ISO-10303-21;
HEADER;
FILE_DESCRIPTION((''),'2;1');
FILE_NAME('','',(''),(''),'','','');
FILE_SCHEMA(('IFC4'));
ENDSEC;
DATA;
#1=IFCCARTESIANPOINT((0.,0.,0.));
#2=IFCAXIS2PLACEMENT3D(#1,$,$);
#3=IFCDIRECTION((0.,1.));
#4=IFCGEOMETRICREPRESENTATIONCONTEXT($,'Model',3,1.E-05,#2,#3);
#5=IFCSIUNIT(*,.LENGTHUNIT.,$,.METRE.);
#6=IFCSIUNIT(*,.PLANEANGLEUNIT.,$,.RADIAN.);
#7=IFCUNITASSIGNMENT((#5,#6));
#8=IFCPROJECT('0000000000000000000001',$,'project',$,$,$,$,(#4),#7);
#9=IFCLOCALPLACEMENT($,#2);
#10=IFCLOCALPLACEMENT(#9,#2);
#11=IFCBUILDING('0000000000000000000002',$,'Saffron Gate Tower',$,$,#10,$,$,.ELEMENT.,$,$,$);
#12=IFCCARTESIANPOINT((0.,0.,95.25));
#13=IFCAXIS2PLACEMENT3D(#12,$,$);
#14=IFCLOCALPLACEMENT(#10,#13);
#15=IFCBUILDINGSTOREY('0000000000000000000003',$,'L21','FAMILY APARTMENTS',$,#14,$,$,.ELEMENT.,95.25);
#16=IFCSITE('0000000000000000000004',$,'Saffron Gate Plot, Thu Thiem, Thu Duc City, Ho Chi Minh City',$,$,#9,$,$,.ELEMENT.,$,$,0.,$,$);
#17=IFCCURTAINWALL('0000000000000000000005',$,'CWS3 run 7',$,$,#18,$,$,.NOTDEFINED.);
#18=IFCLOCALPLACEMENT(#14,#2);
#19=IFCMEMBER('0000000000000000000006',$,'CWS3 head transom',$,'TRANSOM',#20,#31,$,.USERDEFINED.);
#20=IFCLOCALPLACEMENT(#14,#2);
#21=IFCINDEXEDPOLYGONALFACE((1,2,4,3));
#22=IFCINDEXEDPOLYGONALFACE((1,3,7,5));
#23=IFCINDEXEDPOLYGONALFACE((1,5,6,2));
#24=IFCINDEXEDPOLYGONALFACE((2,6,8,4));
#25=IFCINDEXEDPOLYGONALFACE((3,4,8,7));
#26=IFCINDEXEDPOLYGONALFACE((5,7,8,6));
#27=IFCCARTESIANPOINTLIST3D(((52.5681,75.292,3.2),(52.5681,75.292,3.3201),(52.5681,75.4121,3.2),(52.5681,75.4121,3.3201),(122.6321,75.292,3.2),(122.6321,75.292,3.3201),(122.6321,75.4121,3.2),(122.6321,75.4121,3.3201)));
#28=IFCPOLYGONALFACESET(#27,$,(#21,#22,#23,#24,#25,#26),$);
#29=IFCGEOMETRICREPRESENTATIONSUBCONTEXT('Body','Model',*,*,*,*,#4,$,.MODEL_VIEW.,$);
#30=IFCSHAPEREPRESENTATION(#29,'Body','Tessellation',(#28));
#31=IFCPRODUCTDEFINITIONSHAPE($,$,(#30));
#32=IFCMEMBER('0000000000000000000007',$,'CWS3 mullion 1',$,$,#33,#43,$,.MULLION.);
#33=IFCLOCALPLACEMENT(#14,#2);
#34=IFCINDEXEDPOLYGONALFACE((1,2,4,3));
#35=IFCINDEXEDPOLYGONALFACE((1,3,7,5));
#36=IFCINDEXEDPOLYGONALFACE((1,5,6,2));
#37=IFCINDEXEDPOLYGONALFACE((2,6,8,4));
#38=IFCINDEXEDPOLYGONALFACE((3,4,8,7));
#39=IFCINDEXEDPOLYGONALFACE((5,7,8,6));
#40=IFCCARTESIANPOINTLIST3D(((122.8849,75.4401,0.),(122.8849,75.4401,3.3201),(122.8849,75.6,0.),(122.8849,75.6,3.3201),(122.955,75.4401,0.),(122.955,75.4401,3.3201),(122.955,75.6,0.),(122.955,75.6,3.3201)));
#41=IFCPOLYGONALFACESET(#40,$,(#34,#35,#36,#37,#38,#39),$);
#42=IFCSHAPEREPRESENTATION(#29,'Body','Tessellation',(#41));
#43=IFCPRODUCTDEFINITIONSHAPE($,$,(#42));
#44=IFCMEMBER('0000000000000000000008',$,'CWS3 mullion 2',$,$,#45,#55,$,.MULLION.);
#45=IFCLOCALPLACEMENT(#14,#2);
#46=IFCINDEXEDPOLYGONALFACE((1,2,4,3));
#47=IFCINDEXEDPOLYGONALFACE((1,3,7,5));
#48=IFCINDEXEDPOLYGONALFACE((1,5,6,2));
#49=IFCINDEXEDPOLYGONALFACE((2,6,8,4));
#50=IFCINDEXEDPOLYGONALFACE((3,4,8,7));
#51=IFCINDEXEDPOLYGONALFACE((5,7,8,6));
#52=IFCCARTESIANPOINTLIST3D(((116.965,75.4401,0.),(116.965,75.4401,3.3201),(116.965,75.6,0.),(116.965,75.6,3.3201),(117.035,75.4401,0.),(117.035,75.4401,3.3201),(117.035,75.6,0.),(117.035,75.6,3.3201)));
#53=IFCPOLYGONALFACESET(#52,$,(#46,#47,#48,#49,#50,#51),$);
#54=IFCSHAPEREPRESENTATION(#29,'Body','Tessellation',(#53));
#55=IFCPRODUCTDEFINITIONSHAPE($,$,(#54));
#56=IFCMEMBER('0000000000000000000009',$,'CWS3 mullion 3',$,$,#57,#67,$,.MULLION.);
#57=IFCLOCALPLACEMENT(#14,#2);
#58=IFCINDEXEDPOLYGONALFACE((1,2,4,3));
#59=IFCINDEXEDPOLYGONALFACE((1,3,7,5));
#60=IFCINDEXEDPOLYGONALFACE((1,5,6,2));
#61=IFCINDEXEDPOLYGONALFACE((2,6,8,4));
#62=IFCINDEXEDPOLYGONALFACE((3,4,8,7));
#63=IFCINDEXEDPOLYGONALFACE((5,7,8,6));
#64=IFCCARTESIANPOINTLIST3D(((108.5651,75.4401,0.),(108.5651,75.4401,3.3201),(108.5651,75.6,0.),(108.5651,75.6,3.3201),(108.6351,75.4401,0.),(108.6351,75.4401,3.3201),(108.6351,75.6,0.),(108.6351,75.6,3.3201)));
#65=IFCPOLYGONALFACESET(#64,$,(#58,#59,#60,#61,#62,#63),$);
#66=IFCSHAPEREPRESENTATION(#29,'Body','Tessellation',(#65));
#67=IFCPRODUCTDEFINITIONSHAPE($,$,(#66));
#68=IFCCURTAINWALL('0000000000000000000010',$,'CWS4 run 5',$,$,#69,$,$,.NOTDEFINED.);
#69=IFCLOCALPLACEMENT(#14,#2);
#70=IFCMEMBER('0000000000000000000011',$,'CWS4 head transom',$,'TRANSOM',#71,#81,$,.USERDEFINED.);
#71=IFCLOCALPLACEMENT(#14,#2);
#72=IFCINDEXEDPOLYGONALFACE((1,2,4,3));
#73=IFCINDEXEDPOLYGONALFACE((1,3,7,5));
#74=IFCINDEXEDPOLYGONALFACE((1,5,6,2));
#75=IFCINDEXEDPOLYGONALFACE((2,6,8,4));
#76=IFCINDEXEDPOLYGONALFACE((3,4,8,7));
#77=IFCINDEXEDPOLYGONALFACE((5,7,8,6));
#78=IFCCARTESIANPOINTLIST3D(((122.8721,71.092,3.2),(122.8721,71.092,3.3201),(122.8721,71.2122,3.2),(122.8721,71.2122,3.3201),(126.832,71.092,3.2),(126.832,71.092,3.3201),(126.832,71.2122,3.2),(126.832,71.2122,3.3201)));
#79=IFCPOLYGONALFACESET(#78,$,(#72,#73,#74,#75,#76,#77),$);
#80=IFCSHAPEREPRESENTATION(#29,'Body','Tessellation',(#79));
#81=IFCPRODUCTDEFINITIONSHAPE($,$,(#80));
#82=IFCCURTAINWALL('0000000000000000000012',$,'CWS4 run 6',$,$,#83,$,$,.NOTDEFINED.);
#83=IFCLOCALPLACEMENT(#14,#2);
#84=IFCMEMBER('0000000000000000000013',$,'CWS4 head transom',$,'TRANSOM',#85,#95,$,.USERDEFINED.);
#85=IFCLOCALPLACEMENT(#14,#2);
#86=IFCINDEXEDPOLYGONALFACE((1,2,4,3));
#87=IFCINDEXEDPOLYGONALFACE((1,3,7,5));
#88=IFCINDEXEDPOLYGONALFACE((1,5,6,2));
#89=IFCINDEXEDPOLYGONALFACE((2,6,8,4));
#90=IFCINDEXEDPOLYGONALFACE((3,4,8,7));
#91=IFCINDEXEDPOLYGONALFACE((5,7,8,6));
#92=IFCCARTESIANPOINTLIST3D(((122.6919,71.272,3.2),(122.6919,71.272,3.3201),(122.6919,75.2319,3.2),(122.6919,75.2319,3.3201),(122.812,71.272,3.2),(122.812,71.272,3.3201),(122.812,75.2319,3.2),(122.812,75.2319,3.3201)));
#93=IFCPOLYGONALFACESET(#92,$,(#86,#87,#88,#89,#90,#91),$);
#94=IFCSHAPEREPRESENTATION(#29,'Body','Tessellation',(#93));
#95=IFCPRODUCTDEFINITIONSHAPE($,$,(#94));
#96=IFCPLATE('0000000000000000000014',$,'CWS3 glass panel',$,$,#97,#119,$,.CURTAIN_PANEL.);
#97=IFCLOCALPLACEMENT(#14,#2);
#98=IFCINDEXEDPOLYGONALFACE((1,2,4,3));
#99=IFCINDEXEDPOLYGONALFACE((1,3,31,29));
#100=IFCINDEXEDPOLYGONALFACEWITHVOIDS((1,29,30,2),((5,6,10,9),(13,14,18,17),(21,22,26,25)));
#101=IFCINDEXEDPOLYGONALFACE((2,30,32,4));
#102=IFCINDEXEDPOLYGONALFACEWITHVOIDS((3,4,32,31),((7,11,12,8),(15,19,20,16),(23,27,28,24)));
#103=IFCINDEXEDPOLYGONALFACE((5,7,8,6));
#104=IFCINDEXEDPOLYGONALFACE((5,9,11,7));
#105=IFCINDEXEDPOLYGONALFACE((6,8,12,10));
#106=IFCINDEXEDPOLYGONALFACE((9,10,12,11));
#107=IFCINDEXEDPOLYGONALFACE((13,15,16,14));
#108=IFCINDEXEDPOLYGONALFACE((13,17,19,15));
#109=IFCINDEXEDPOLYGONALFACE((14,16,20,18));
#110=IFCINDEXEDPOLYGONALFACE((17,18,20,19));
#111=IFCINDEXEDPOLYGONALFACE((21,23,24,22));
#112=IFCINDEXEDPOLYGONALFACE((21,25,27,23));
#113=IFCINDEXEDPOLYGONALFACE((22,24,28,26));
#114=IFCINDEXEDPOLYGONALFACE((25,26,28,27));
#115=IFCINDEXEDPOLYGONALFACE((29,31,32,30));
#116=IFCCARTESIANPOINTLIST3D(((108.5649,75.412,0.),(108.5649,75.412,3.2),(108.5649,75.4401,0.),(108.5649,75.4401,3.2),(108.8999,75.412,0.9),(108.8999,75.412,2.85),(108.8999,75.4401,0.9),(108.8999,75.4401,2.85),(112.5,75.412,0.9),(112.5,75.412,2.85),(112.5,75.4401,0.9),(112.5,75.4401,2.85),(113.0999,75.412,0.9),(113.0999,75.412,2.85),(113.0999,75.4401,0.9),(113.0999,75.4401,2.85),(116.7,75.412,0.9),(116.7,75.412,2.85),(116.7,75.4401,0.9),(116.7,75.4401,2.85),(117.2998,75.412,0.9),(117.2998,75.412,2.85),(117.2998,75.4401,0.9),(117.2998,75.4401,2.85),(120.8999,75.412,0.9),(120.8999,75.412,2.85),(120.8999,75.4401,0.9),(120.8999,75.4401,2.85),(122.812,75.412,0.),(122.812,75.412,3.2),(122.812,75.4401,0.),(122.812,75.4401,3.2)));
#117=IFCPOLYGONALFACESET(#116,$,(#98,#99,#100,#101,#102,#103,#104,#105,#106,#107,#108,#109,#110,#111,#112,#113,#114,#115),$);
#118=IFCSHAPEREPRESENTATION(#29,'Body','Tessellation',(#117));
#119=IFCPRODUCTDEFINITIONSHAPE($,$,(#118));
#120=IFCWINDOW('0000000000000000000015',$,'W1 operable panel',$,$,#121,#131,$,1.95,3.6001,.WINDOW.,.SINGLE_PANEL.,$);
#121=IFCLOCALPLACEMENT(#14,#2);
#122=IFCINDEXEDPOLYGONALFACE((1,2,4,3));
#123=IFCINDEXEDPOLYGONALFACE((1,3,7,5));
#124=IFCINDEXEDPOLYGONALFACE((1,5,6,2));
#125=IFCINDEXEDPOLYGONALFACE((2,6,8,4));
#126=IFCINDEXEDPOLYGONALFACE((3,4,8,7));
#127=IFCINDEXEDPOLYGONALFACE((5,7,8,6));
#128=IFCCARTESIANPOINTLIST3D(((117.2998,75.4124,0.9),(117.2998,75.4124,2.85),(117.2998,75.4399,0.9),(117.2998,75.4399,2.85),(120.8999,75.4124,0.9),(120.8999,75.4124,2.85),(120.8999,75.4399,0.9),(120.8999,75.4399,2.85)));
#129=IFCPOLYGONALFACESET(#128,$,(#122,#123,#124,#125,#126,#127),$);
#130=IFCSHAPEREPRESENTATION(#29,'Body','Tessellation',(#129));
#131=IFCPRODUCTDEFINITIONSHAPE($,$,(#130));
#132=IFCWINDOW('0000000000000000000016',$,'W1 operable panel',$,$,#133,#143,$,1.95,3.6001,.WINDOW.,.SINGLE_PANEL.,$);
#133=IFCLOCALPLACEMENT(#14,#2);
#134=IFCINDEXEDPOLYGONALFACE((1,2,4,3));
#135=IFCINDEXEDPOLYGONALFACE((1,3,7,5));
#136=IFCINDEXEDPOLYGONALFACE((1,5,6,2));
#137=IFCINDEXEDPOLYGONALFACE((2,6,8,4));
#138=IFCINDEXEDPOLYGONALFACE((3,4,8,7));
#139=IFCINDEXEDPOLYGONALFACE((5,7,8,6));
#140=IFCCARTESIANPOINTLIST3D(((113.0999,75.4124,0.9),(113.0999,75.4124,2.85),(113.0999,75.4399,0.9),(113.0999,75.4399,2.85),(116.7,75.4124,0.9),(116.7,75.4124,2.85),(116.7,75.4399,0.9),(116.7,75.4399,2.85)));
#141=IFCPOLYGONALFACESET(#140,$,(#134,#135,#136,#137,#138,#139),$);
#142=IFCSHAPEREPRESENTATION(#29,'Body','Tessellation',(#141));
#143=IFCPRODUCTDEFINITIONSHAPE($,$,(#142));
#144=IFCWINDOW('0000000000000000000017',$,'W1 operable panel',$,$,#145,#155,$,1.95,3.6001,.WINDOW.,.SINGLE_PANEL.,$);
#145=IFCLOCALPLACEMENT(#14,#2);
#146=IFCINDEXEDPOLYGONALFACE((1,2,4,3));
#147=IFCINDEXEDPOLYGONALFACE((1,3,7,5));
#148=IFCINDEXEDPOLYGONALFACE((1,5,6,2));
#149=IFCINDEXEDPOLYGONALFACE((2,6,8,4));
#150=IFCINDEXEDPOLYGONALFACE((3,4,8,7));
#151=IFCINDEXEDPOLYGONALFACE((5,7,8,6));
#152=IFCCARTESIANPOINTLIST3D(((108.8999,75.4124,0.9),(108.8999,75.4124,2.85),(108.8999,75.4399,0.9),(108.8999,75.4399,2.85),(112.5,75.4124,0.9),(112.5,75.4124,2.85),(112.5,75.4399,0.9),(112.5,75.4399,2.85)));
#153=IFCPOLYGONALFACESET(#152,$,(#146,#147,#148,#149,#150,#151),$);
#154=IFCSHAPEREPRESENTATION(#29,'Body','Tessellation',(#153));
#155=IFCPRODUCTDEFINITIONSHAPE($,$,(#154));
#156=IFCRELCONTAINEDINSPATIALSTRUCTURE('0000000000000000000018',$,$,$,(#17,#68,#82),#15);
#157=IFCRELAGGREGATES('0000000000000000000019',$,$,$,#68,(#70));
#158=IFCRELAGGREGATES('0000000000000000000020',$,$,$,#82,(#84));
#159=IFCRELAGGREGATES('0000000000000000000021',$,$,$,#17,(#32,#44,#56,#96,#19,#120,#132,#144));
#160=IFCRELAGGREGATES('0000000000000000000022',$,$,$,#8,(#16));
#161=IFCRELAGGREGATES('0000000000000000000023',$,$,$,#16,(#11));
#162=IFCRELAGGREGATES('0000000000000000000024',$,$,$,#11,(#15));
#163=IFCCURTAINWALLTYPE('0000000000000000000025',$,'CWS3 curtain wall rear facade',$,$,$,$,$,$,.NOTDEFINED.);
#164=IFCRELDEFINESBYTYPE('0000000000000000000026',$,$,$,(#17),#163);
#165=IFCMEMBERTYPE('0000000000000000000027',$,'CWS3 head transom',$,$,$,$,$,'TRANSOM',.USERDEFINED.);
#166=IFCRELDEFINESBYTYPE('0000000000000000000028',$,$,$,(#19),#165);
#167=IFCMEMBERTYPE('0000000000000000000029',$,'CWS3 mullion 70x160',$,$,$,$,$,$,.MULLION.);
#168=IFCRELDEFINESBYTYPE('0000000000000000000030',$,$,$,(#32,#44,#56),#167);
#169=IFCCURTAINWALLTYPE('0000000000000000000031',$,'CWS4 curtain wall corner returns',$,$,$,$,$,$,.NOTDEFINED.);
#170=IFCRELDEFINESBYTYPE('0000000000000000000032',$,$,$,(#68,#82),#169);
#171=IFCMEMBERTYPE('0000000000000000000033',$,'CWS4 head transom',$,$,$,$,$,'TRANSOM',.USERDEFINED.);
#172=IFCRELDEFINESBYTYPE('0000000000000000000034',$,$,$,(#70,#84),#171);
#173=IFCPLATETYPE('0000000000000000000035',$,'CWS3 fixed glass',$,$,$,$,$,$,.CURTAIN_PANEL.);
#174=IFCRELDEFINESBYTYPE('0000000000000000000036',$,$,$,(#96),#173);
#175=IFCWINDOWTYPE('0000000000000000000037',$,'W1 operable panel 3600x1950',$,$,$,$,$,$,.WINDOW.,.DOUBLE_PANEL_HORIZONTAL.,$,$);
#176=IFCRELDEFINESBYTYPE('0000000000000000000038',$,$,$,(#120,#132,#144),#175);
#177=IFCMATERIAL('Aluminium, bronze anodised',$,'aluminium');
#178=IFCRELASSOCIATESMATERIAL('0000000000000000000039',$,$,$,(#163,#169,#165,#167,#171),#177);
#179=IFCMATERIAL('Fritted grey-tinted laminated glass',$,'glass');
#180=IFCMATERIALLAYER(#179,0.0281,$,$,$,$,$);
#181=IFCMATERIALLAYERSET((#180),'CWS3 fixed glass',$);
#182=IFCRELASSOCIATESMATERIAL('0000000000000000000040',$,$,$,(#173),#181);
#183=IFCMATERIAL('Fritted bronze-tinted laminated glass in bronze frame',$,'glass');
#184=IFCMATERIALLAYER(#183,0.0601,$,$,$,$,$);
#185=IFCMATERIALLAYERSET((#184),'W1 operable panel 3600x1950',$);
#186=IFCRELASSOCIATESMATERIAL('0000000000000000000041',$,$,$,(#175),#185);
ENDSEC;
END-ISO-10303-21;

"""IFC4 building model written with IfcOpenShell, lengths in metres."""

from ifc_helpers import new_model, si_unit, direction, frame, frame_2d, origin, origin_2d, place, context, subcontext, project, spatial, rectangle, extrude, material, layer, layer_set, material_profile, profile_set, type_object, element, fill, aggregate, save


model = new_model("IFC4")

# Units and contexts
model_context = context("Model", 3, precision=1e-05, world=origin(), true_north=direction((0.0, 1.0)))
body_context = subcontext(model_context, "Body", "Model", "MODEL_VIEW")
ifc_project = project(units=[si_unit("LENGTHUNIT", "METRE"), si_unit("PLANEANGLEUNIT", "RADIAN")], contexts=[model_context])

# Site, building, storey
site_placement = place(None, origin())
site = spatial("IfcSite", under=ifc_project, at=site_placement, Name="Saffron Gate Plot, Thu Thiem, Thu Duc City, Ho Chi Minh City", CompositionType="ELEMENT", RefElevation=0.0)
building_placement = place(site_placement, origin())
building = spatial("IfcBuilding", under=site, at=building_placement, Name="Saffron Gate Tower", CompositionType="ELEMENT")
storey_placement = place(building_placement, frame((0.0, 0.0, 95.25)))
storey = spatial("IfcBuildingStorey", under=building, at=storey_placement, Name="L21", Description="FAMILY APARTMENTS", CompositionType="ELEMENT", Elevation=95.25)

# Curtain wall, members
ifc_material_1 = material(Name="Aluminium, bronze anodised", Category="aluminium")
curtain_wall_type_1 = type_object("IfcCurtainWallType", Name="CWS3 curtain wall rear facade", PredefinedType="NOTDEFINED", material=ifc_material_1)
curtain_wall_1_placement = place(storey_placement, origin())
curtain_wall_1 = element("IfcCurtainWall", 1, at=curtain_wall_1_placement, inside=storey, type_object=curtain_wall_type_1, Name="CWS3 run 7", PredefinedType="NOTDEFINED")
ifc_material_profile_1 = material_profile(ifc_material_1, rectangle(XDim=0.1201, YDim=0.1201, at=origin_2d()))
ifc_profile_set_1 = profile_set([ifc_material_profile_1], Name="Aluminium, bronze anodised")
member_type_1 = type_object("IfcMemberType", Name="CWS3 head transom", ElementType="TRANSOM", PredefinedType="USERDEFINED", material=ifc_profile_set_1)
member_1_placement = place(storey_placement, frame((122.6321, 75.3521, 3.26), z_axis=(-1.0, 0.0, 0.0), x_axis=(0.0, -1.0, 0.0)))
member_1 = element("IfcMember", 2, at=member_1_placement, type_object=member_type_1, Name="CWS3 head transom", ObjectType="TRANSOM", PredefinedType="USERDEFINED", context=body_context, shape_type="SweptSolid", body=[
    extrude(rectangle(XDim=0.1201, YDim=0.1201, at=origin_2d()), origin(), (0.0, 0.0, 1.0), 70.064),
])
ifc_material_profile_2 = material_profile(ifc_material_1, rectangle(XDim=0.1599, YDim=0.0701, at=origin_2d()))
ifc_profile_set_2 = profile_set([ifc_material_profile_2], Name="Aluminium, bronze anodised")
member_type_2 = type_object("IfcMemberType", Name="CWS3 mullion 70x160", PredefinedType="MULLION", material=ifc_profile_set_2)
member_2_placement = place(storey_placement, frame((122.9199, 75.52, 0.0), z_axis=(0.0, 0.0, 1.0), x_axis=(0.0, -1.0, 0.0)))
member_2 = element("IfcMember", 3, at=member_2_placement, type_object=member_type_2, Name="CWS3 mullion 1", PredefinedType="MULLION", context=body_context, shape_type="SweptSolid", body=[
    extrude(rectangle(XDim=0.1599, YDim=0.0701, at=origin_2d()), origin(), (0.0, 0.0, 1.0), 3.3201),
])
member_3_placement = place(storey_placement, frame((117.0, 75.52, 0.0), z_axis=(0.0, 0.0, 1.0), x_axis=(0.0, -1.0, 0.0)))
member_3 = element("IfcMember", 4, at=member_3_placement, type_object=member_type_2, Name="CWS3 mullion 2", PredefinedType="MULLION", context=body_context, shape_type="SweptSolid", body=[
    extrude(rectangle(XDim=0.1599, YDim=0.0701, at=origin_2d()), origin(), (0.0, 0.0, 1.0), 3.3201),
])
member_4_placement = place(storey_placement, frame((108.6001, 75.52, 0.0), z_axis=(0.0, 0.0, 1.0), x_axis=(0.0, -1.0, 0.0)))
member_4 = element("IfcMember", 5, at=member_4_placement, type_object=member_type_2, Name="CWS3 mullion 3", PredefinedType="MULLION", context=body_context, shape_type="SweptSolid", body=[
    extrude(rectangle(XDim=0.1599, YDim=0.0701, at=origin_2d()), origin(), (0.0, 0.0, 1.0), 3.3201),
])

# Curtain walls, members
curtain_wall_type_2 = type_object("IfcCurtainWallType", Name="CWS4 curtain wall corner returns", PredefinedType="NOTDEFINED", material=ifc_material_1)
curtain_wall_2_placement = place(storey_placement, origin())
curtain_wall_2 = element("IfcCurtainWall", 6, at=curtain_wall_2_placement, inside=storey, type_object=curtain_wall_type_2, Name="CWS4 run 5", PredefinedType="NOTDEFINED")
ifc_material_profile_3 = material_profile(ifc_material_1, rectangle(XDim=0.1201, YDim=0.1201, at=origin_2d()))
ifc_profile_set_3 = profile_set([ifc_material_profile_3], Name="Aluminium, bronze anodised")
member_type_3 = type_object("IfcMemberType", Name="CWS4 head transom", ElementType="TRANSOM", PredefinedType="USERDEFINED", material=ifc_profile_set_3)
member_5_placement = place(storey_placement, frame((126.832, 71.1521, 3.26), z_axis=(-1.0, 0.0, 0.0), x_axis=(0.0, -1.0, 0.0)))
member_5 = element("IfcMember", 7, at=member_5_placement, type_object=member_type_3, Name="CWS4 head transom", ObjectType="TRANSOM", PredefinedType="USERDEFINED", context=body_context, shape_type="SweptSolid", body=[
    extrude(rectangle(XDim=0.1201, YDim=0.1201, at=origin_2d()), origin(), (0.0, 0.0, 1.0), 3.96),
])
aggregate(curtain_wall_2, [member_5])
curtain_wall_3_placement = place(storey_placement, origin())
curtain_wall_3 = element("IfcCurtainWall", 8, at=curtain_wall_3_placement, inside=storey, type_object=curtain_wall_type_2, Name="CWS4 run 6", PredefinedType="NOTDEFINED")
member_6_placement = place(storey_placement, frame((122.752, 71.272, 3.26), z_axis=(0.0, 1.0, 0.0), x_axis=(-1.0, 0.0, 0.0)))
member_6 = element("IfcMember", 9, at=member_6_placement, type_object=member_type_3, Name="CWS4 head transom", ObjectType="TRANSOM", PredefinedType="USERDEFINED", context=body_context, shape_type="SweptSolid", body=[
    extrude(rectangle(XDim=0.1201, YDim=0.1201, at=origin_2d()), origin(), (0.0, 0.0, 1.0), 3.96),
])
aggregate(curtain_wall_3, [member_6])

# Plate, openings, windows
ifc_material_2 = material(Name="Fritted grey-tinted laminated glass", Category="glass")
ifc_layer_1 = layer(ifc_material_2, 0.0281)
ifc_layer_set_1 = layer_set([ifc_layer_1], Name="CWS3 fixed glass")
plate_type = type_object("IfcPlateType", Name="CWS3 fixed glass", PredefinedType="CURTAIN_PANEL", material=ifc_layer_set_1)
plate_placement = place(storey_placement, frame((122.812, 75.426, 0.0), z_axis=(0.0, 0.0, 1.0), x_axis=(-1.0, 0.0, 0.0)))
plate = element("IfcPlate", 10, at=plate_placement, type_object=plate_type, Name="CWS3 glass panel", PredefinedType="CURTAIN_PANEL", context=body_context, shape_type="SweptSolid", body=[
    extrude(rectangle(XDim=14.2471, YDim=0.0281, at=frame_2d((7.1235, 0.0))), origin(), (0.0, 0.0, 1.0), 3.2),
])
opening_1_placement = place(plate_placement, frame((1.9121, 0.0, 0.8999)))
opening_1 = element("IfcOpeningElement", 11, at=opening_1_placement, cuts=plate, PredefinedType="OPENING", context=body_context, shape_type="SweptSolid", body=[
    extrude(rectangle(XDim=3.6001, YDim=1.95, at=frame_2d((1.8, 0.9751))), frame((0.0, 0.0239, 0.0), z_axis=(0.0, -1.0, 0.0), x_axis=(1.0, 0.0, 0.0)), (0.0, 0.0, 1.0), 0.0481),
])
opening_2_placement = place(plate_placement, frame((6.1121, 0.0, 0.8999)))
opening_2 = element("IfcOpeningElement", 12, at=opening_2_placement, cuts=plate, PredefinedType="OPENING", context=body_context, shape_type="SweptSolid", body=[
    extrude(rectangle(XDim=3.6001, YDim=1.95, at=frame_2d((1.8, 0.9751))), frame((0.0, 0.0239, 0.0), z_axis=(0.0, -1.0, 0.0), x_axis=(1.0, 0.0, 0.0)), (0.0, 0.0, 1.0), 0.0481),
])
opening_3_placement = place(plate_placement, frame((10.312, 0.0, 0.8999)))
opening_3 = element("IfcOpeningElement", 13, at=opening_3_placement, cuts=plate, PredefinedType="OPENING", context=body_context, shape_type="SweptSolid", body=[
    extrude(rectangle(XDim=3.6001, YDim=1.95, at=frame_2d((1.8, 0.9751))), frame((0.0, 0.0239, 0.0), z_axis=(0.0, -1.0, 0.0), x_axis=(1.0, 0.0, 0.0)), (0.0, 0.0, 1.0), 0.0481),
])
ifc_material_3 = material(Name="Fritted bronze-tinted laminated glass in bronze frame", Category="glass")
ifc_layer_2 = layer(ifc_material_3, 0.0601)
ifc_layer_set_2 = layer_set([ifc_layer_2], Name="W1 operable panel 3600x1950")
window_type = type_object("IfcWindowType", Name="W1 operable panel 3600x1950", PartitioningType="DOUBLE_PANEL_HORIZONTAL", PredefinedType="WINDOW", material=ifc_layer_set_2)
window_1_placement = place(opening_1_placement, origin())
window_1 = element("IfcWindow", 14, at=window_1_placement, type_object=window_type, Name="W1 operable panel", OverallHeight=1.95, OverallWidth=3.6001, PartitioningType="SINGLE_PANEL", PredefinedType="WINDOW", context=body_context, shape_type="SweptSolid", body=[
    extrude(rectangle(XDim=3.6001, YDim=1.95, at=frame_2d((1.8, 0.9751))), frame((0.0, 0.0137, 0.0), z_axis=(0.0, -1.0, 0.0), x_axis=(1.0, 0.0, 0.0)), (0.0, 0.0, 1.0), 0.0276),
])
fill(opening_1, window_1)
window_2_placement = place(opening_2_placement, origin())
window_2 = element("IfcWindow", 15, at=window_2_placement, type_object=window_type, Name="W1 operable panel", OverallHeight=1.95, OverallWidth=3.6001, PartitioningType="SINGLE_PANEL", PredefinedType="WINDOW", context=body_context, shape_type="SweptSolid", body=[
    extrude(rectangle(XDim=3.6001, YDim=1.95, at=frame_2d((1.8, 0.9751))), frame((0.0, 0.0137, 0.0), z_axis=(0.0, -1.0, 0.0), x_axis=(1.0, 0.0, 0.0)), (0.0, 0.0, 1.0), 0.0276),
])
fill(opening_2, window_2)
window_3_placement = place(opening_3_placement, origin())
window_3 = element("IfcWindow", 16, at=window_3_placement, type_object=window_type, Name="W1 operable panel", OverallHeight=1.95, OverallWidth=3.6001, PartitioningType="SINGLE_PANEL", PredefinedType="WINDOW", context=body_context, shape_type="SweptSolid", body=[
    extrude(rectangle(XDim=3.6001, YDim=1.95, at=frame_2d((1.8, 0.9751))), frame((0.0, 0.0137, 0.0), z_axis=(0.0, -1.0, 0.0), x_axis=(1.0, 0.0, 0.0)), (0.0, 0.0, 1.0), 0.0276),
])
fill(opening_3, window_3)
aggregate(curtain_wall_1, [member_2, member_3, member_4, plate, member_1, window_1, window_2, window_3])

save(model, "model.ifc")
